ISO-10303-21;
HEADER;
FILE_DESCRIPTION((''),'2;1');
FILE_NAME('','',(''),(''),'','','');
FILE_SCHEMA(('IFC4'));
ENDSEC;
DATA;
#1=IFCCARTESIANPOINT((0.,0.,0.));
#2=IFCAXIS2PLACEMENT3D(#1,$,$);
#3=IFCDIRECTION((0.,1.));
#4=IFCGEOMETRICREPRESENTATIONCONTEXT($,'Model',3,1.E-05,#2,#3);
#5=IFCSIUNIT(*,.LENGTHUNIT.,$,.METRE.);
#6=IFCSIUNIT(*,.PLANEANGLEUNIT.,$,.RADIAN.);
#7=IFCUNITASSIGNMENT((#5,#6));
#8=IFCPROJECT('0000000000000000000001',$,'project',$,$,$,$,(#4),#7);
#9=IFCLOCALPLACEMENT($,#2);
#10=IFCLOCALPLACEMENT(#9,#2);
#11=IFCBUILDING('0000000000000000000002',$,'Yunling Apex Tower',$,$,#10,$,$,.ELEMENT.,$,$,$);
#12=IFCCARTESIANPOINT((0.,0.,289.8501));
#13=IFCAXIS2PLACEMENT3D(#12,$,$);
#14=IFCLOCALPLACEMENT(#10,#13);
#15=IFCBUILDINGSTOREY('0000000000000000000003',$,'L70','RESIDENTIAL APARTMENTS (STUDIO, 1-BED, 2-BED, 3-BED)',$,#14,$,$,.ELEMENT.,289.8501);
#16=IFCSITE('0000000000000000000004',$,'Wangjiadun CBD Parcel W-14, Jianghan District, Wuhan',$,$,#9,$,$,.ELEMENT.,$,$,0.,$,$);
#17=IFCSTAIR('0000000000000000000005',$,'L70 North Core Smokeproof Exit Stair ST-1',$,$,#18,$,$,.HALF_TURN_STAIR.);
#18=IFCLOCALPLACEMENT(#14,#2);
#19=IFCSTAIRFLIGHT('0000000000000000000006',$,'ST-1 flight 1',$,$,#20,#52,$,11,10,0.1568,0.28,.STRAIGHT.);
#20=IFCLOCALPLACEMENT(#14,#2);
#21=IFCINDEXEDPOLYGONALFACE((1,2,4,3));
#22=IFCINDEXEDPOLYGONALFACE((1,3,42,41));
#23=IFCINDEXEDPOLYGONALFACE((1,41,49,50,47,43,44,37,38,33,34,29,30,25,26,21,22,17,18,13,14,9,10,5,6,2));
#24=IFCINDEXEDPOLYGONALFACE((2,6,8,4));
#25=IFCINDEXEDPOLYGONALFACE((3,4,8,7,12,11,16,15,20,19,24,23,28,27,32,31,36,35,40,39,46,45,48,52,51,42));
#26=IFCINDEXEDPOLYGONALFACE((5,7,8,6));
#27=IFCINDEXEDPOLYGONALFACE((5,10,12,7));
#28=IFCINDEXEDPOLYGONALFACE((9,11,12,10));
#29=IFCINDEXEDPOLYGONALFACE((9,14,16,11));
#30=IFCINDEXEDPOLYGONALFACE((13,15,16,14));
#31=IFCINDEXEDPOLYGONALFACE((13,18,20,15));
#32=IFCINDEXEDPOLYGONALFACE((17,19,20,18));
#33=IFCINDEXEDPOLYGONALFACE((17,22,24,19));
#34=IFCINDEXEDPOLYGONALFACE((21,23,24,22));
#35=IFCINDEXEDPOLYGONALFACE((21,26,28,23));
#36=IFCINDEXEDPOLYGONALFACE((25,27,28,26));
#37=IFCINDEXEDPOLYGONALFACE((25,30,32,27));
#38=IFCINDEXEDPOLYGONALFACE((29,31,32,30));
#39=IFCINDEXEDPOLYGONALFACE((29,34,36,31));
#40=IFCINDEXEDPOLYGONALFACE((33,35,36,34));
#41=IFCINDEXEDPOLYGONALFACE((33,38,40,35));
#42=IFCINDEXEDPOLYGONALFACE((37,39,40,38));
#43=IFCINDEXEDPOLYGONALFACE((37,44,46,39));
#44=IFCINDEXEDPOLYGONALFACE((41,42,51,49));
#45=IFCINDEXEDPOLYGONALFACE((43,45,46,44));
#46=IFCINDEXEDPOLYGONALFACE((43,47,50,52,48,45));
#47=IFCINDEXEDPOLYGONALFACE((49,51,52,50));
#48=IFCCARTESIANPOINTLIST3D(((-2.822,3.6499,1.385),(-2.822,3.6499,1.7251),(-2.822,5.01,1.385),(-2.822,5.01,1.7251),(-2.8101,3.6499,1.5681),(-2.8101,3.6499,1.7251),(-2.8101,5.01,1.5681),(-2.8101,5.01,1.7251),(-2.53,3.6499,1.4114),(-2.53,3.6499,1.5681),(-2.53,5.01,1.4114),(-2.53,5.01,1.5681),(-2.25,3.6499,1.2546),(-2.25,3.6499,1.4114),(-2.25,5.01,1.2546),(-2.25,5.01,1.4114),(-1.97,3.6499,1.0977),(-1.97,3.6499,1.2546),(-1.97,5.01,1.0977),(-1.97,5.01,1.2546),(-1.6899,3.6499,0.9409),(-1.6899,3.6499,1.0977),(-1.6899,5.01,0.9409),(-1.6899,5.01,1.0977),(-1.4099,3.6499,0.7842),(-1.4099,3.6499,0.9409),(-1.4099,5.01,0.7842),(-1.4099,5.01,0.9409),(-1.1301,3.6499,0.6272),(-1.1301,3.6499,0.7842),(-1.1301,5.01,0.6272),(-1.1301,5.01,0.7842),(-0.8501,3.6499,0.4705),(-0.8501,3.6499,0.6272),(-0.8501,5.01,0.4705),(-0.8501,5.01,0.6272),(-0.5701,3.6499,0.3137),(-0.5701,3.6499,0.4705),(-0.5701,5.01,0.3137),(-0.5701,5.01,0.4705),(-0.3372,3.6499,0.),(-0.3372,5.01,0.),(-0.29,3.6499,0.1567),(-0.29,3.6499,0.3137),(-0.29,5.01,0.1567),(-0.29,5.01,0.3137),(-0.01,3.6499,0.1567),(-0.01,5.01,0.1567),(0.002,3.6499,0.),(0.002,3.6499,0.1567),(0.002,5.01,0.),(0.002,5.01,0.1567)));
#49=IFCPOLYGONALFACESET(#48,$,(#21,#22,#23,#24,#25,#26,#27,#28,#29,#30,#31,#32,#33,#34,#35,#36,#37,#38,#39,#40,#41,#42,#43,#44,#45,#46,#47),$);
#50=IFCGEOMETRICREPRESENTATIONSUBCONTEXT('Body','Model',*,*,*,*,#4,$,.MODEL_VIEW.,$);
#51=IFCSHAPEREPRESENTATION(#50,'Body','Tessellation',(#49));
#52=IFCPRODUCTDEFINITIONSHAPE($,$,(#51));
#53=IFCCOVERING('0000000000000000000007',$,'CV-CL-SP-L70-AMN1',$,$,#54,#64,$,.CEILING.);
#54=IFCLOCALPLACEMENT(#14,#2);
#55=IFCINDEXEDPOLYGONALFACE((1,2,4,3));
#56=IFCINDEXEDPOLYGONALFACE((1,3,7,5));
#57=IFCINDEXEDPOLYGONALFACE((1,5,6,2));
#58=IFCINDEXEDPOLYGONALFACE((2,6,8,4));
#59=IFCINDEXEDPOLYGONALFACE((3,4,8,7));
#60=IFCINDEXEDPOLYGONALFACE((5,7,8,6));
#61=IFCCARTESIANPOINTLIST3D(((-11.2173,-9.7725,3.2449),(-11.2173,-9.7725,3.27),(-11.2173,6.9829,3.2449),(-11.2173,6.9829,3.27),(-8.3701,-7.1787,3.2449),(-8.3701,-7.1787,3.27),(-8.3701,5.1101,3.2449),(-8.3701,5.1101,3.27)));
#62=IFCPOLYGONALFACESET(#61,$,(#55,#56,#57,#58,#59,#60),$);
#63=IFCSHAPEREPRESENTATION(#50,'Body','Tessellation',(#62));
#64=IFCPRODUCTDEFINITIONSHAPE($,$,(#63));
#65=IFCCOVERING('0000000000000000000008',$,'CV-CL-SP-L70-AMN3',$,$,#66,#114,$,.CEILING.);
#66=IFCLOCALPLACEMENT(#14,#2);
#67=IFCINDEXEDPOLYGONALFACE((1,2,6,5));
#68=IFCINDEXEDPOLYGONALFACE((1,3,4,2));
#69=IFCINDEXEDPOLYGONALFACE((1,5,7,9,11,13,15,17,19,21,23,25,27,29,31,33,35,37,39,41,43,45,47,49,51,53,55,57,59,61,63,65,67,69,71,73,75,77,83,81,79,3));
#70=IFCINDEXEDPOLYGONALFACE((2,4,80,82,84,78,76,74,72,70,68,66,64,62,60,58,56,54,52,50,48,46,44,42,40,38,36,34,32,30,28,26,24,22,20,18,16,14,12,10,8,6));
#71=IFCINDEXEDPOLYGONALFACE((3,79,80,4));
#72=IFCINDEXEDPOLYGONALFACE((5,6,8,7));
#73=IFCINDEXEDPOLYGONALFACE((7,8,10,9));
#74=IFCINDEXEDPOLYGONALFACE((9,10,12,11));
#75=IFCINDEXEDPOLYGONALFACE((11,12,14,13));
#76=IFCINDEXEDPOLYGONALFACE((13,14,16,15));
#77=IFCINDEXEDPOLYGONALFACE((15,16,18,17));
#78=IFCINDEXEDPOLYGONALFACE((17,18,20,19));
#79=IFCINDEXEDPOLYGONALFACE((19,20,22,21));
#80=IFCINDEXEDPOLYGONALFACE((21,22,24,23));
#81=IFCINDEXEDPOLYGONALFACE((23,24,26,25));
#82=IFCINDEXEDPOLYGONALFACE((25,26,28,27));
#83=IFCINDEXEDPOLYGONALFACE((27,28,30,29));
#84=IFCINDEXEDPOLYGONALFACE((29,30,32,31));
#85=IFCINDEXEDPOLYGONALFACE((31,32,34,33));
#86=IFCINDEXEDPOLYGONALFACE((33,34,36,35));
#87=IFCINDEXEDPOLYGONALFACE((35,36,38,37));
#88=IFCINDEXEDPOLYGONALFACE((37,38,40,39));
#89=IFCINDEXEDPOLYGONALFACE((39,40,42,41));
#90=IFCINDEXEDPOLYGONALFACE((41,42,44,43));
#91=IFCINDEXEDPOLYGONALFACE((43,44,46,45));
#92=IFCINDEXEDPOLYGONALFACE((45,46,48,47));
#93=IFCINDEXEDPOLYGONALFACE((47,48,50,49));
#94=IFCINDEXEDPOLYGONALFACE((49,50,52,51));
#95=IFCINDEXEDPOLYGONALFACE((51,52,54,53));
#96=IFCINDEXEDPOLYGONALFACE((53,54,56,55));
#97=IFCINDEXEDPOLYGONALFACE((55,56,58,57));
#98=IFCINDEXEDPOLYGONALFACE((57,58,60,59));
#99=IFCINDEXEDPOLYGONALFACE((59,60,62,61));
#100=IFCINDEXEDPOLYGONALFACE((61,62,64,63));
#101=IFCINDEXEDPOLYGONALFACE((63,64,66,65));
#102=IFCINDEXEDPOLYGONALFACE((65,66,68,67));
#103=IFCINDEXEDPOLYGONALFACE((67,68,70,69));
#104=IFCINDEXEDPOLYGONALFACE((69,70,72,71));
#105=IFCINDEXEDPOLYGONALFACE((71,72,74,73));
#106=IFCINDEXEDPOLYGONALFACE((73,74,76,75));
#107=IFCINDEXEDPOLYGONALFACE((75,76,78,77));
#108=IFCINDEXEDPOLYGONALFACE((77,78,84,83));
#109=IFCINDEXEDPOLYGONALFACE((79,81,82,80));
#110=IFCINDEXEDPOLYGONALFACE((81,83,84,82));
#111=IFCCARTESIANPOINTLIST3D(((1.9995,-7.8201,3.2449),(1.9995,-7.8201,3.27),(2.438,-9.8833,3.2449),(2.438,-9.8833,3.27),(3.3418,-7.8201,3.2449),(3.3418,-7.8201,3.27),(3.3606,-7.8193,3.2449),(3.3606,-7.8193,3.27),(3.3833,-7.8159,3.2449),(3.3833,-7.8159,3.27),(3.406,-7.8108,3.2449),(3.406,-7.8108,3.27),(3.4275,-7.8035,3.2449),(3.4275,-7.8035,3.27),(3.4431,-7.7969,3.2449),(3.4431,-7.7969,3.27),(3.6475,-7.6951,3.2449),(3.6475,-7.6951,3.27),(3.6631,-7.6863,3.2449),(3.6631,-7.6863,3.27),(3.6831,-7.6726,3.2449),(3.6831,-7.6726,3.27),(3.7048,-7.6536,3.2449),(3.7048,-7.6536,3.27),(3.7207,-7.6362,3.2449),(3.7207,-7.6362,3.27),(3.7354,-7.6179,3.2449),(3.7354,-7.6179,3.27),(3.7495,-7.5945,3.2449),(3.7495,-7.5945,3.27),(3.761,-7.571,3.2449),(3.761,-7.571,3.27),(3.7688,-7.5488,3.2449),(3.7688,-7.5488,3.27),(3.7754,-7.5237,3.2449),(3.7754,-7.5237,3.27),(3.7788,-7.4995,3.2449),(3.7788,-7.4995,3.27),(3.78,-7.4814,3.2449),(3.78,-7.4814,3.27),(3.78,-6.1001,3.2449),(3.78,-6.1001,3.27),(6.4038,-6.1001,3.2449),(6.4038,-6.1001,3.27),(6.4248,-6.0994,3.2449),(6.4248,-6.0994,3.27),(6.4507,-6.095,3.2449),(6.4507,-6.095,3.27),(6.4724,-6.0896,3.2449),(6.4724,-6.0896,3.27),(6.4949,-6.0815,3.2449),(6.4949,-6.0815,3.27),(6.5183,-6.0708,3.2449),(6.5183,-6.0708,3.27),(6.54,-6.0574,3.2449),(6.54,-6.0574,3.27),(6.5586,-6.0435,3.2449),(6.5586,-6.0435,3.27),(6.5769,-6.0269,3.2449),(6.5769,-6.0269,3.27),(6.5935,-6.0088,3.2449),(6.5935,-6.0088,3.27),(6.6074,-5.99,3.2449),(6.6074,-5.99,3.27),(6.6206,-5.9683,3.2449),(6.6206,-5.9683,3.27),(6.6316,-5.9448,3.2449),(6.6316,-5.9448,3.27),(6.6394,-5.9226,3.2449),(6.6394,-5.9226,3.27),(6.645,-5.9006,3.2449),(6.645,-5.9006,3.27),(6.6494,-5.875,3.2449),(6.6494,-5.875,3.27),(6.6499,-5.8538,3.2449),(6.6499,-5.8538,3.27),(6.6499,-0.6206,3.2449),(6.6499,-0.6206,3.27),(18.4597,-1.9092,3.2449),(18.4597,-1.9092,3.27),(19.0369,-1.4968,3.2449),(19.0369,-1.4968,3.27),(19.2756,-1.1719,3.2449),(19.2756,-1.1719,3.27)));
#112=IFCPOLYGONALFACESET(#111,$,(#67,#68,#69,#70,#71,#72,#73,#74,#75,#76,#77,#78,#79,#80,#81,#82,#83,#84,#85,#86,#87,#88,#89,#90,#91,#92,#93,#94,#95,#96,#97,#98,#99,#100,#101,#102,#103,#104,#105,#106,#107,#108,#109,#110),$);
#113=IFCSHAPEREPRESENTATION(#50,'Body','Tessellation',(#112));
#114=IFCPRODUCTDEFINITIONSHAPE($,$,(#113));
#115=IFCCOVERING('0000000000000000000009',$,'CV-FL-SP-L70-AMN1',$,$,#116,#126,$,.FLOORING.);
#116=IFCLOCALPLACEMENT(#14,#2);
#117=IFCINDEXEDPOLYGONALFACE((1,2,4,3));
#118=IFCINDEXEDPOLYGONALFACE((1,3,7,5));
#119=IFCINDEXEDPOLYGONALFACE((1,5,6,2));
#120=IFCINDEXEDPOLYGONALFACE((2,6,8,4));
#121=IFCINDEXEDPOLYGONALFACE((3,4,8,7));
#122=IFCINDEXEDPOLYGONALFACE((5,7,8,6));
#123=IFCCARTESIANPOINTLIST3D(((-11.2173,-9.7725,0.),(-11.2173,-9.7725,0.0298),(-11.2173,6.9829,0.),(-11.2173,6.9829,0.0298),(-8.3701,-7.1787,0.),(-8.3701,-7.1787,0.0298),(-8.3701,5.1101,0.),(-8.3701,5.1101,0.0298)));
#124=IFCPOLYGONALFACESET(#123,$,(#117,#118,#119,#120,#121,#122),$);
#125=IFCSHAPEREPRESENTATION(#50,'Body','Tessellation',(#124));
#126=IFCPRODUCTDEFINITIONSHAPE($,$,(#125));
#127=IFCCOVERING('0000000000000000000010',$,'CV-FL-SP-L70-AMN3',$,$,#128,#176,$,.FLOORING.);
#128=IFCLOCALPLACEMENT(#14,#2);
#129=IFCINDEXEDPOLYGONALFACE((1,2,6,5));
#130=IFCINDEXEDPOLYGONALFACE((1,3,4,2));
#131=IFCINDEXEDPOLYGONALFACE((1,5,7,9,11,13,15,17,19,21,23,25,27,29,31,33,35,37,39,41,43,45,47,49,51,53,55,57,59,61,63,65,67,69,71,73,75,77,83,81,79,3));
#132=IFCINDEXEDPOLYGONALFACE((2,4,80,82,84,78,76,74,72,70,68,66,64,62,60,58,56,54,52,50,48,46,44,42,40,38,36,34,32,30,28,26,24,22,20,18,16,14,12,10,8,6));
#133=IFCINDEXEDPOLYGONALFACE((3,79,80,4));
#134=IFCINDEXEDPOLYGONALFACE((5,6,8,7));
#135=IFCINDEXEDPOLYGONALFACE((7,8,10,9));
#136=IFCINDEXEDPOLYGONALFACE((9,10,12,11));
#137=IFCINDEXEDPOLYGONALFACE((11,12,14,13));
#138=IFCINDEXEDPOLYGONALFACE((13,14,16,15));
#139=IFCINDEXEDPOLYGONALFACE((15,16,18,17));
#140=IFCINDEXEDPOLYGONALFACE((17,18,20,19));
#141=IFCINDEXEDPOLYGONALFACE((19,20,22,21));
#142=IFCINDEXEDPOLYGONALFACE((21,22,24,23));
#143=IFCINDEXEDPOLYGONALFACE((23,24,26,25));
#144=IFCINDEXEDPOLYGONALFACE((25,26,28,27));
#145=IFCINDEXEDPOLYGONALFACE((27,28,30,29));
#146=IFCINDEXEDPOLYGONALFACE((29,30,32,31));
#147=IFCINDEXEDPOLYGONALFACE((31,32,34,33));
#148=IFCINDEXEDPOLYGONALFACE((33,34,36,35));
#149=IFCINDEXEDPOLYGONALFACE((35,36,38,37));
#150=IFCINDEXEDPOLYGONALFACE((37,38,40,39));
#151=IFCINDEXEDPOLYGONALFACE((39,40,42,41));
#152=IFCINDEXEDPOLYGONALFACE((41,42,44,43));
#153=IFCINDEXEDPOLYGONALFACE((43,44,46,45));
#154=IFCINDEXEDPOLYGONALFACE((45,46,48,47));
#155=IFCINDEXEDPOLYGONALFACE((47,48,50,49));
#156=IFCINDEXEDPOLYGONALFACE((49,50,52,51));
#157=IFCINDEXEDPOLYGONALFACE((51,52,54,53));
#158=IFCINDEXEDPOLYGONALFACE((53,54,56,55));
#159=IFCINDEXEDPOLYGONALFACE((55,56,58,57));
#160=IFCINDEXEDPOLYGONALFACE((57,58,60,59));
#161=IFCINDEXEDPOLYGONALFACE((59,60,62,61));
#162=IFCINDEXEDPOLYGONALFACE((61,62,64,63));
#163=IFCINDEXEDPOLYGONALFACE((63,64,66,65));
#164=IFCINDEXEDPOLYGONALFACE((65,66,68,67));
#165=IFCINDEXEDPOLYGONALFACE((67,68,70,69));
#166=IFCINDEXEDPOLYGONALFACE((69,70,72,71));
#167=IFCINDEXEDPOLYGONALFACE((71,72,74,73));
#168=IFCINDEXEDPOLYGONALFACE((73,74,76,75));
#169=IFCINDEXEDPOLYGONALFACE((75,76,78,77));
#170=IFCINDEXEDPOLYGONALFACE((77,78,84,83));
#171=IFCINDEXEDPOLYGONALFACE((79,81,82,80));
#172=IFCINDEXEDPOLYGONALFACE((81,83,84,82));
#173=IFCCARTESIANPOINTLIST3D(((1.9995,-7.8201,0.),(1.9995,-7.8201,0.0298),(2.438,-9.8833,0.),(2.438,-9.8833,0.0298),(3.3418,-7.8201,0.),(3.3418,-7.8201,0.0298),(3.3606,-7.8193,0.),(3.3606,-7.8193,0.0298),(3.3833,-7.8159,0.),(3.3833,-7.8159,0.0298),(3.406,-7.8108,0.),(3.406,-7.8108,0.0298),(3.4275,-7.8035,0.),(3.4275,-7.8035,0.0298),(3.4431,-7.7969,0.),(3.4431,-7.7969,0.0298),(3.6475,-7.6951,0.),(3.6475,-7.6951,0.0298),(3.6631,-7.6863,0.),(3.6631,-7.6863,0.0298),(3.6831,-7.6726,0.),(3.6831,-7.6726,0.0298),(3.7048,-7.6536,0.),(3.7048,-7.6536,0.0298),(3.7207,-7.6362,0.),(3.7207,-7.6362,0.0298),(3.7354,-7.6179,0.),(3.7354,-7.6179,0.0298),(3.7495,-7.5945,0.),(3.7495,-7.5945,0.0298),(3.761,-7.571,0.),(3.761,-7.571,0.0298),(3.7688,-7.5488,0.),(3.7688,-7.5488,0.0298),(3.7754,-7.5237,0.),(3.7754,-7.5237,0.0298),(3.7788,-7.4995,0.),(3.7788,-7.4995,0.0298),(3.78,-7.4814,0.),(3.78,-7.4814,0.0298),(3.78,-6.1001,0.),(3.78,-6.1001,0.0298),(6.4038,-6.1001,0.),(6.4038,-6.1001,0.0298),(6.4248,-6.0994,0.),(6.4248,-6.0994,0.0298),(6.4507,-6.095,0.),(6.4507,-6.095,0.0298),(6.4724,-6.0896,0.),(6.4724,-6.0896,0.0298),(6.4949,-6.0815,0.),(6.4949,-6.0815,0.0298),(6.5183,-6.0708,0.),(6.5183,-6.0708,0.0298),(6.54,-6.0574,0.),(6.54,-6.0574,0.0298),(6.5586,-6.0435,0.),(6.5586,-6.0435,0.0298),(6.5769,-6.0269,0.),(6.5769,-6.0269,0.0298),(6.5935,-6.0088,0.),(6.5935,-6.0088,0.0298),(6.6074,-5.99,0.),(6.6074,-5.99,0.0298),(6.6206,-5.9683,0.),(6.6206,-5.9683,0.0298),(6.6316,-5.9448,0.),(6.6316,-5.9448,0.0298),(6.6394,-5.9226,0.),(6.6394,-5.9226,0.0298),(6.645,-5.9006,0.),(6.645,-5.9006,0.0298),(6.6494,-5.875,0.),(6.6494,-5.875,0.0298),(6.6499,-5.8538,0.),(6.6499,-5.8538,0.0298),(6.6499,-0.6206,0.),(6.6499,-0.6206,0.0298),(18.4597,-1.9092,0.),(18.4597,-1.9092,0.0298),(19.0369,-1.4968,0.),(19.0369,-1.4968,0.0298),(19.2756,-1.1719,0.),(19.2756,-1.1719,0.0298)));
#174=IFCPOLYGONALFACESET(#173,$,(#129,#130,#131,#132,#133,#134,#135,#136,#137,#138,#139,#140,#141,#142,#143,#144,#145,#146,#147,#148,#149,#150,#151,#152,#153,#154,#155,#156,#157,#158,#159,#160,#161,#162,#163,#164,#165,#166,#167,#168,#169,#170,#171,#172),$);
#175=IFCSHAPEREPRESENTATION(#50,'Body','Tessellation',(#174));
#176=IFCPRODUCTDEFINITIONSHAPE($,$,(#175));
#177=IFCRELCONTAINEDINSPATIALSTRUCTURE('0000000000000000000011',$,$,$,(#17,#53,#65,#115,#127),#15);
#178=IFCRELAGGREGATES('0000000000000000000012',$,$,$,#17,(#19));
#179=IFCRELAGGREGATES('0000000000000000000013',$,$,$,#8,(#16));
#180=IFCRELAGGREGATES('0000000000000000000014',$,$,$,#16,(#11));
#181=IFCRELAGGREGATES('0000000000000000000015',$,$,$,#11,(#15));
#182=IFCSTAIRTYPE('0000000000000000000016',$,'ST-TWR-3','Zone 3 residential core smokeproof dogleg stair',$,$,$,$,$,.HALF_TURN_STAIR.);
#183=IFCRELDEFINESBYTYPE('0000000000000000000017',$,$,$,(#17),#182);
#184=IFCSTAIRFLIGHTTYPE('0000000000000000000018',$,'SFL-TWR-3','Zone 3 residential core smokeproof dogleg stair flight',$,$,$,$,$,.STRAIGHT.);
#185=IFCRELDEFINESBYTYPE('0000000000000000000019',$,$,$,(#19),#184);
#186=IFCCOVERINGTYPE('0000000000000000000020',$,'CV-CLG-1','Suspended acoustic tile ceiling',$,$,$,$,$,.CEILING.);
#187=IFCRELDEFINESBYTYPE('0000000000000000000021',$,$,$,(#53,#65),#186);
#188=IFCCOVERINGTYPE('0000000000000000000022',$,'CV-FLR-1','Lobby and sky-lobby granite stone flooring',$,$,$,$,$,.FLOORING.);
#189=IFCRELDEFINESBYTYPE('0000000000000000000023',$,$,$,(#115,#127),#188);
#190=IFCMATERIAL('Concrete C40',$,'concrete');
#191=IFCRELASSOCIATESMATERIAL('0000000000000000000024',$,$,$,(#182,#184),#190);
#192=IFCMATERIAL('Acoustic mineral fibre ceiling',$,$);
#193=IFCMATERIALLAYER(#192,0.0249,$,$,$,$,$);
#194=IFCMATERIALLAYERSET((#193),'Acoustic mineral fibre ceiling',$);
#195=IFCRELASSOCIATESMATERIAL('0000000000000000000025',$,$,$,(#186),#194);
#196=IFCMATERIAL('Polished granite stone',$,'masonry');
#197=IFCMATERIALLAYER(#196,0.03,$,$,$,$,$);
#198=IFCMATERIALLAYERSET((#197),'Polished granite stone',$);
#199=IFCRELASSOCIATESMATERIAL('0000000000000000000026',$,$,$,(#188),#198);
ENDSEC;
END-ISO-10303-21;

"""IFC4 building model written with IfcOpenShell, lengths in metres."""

from ifc_helpers import new_model, si_unit, direction, frame, origin, place, context, subcontext, project, spatial, polyline, outline, extrude, material, layer, layer_set, type_object, element, aggregate, save


model = new_model("IFC4")

# Units and contexts
model_context = context("Model", 3, precision=1e-05, world=origin(), true_north=direction((0.0, 1.0)))
body_context = subcontext(model_context, "Body", "Model", "MODEL_VIEW")
ifc_project = project(units=[si_unit("LENGTHUNIT", "METRE"), si_unit("PLANEANGLEUNIT", "RADIAN")], contexts=[model_context])

# Site, building, storey
site_placement = place(None, origin())
site = spatial("IfcSite", under=ifc_project, at=site_placement, Name="Wangjiadun CBD Parcel W-14, Jianghan District, Wuhan", CompositionType="ELEMENT", RefElevation=0.0)
building_placement = place(site_placement, origin())
building = spatial("IfcBuilding", under=site, at=building_placement, Name="Yunling Apex Tower", CompositionType="ELEMENT")
storey_placement = place(building_placement, frame((0.0, 0.0, 289.8501)))
storey = spatial("IfcBuildingStorey", under=building, at=storey_placement, Name="L70", Description="RESIDENTIAL APARTMENTS (STUDIO, 1-BED, 2-BED, 3-BED)", CompositionType="ELEMENT", Elevation=289.8501)

# Stair
ifc_material_1 = material(Name="Concrete C40", Category="concrete")
stair_type = type_object("IfcStairType", Name="ST-TWR-3", Description="Zone 3 residential core smokeproof dogleg stair", PredefinedType="HALF_TURN_STAIR", material=ifc_material_1)
stair_1_placement = place(storey_placement, origin())
stair_1 = element("IfcStair", 1, at=stair_1_placement, inside=storey, type_object=stair_type, Name="L70 North Core Smokeproof Exit Stair ST-1", PredefinedType="HALF_TURN_STAIR")

# Stair flight
stair_flight_type = type_object("IfcStairFlightType", Name="SFL-TWR-3", Description="Zone 3 residential core smokeproof dogleg stair flight", PredefinedType="STRAIGHT", material=ifc_material_1)
stair_flight_placement = place(storey_placement, frame((-0.01, 4.3301, 0.0), z_axis=(0.0, 0.0, 1.0), x_axis=(-1.0, 0.0, 0.0)))
stair_flight = element("IfcStairFlight", 2, at=stair_flight_placement, type_object=stair_flight_type, Name="ST-1 flight 1", NumberOfRisers=11, NumberOfTreads=10, PredefinedType="STRAIGHT", RiserHeight=0.1568, TreadLength=0.28, context=body_context, shape_type="SweptSolid", body=[
    extrude(outline(polyline([(-0.012, 0.0), (-0.012, 0.1567), (0.0, 0.1567), (0.28, 0.1567), (0.28, 0.3137), (0.5601, 0.3137), (0.5601, 0.4705), (0.8401, 0.4705), (0.8401, 0.6272), (1.1201, 0.6272), (1.1201, 0.7842), (1.3999, 0.7842), (1.3999, 0.9409), (1.6799, 0.9409), (1.6799, 1.0977), (1.96, 1.0977), (1.96, 1.2546), (2.24, 1.2546), (2.24, 1.4114), (2.52, 1.4114), (2.52, 1.5681), (2.8, 1.5681), (2.8, 1.7251), (2.812, 1.7251), (2.812, 1.385), (0.3271, 0.0), (-0.012, 0.0)])), frame((0.0, 0.6802, 0.0), z_axis=(0.0, -1.0, 0.0), x_axis=(1.0, 0.0, 0.0)), (0.0, 0.0, 1.0), 1.3601),
])
aggregate(stair_1, [stair_flight])

# Coverings
ifc_material_2 = material(Name="Acoustic mineral fibre ceiling")
ifc_layer_1 = layer(ifc_material_2, 0.0249)
ifc_layer_set_1 = layer_set([ifc_layer_1], Name="Acoustic mineral fibre ceiling")
covering_type_1 = type_object("IfcCoveringType", Name="CV-CLG-1", Description="Suspended acoustic tile ceiling", PredefinedType="CEILING", material=ifc_layer_set_1)
covering_1_placement = place(storey_placement, frame((0.0, 0.0, 3.2449)))
element("IfcCovering", 3, at=covering_1_placement, inside=storey, type_object=covering_type_1, Name="CV-CL-SP-L70-AMN1", PredefinedType="CEILING", context=body_context, shape_type="SweptSolid", body=[
    extrude(outline(polyline([(-11.2173, 6.9829), (-8.3701, 5.1101), (-8.3701, -7.1787), (-11.2173, -9.7725), (-11.2173, 6.9829)])), origin(), (0.0, 0.0, 1.0), 0.0251),
])
covering_2_placement = place(storey_placement, frame((0.0, 0.0, 3.2449)))
element("IfcCovering", 4, at=covering_2_placement, inside=storey, type_object=covering_type_1, Name="CV-CL-SP-L70-AMN3", PredefinedType="CEILING", context=body_context, shape_type="SweptSolid", body=[
    extrude(outline(polyline([(19.2756, -1.1719), (19.0369, -1.4968), (18.4597, -1.9092), (2.438, -9.8833), (1.9995, -7.8201), (3.3418, -7.8201), (3.3606, -7.8193), (3.3833, -7.8159), (3.406, -7.8108), (3.4275, -7.8035), (3.4431, -7.7969), (3.6475, -7.6951), (3.6631, -7.6863), (3.6831, -7.6726), (3.7048, -7.6536), (3.7207, -7.6362), (3.7354, -7.6179), (3.7495, -7.5945), (3.761, -7.571), (3.7688, -7.5488), (3.7754, -7.5237), (3.7788, -7.4995), (3.78, -7.4814), (3.78, -6.1001), (6.4038, -6.1001), (6.4248, -6.0994), (6.4507, -6.095), (6.4724, -6.0896), (6.4949, -6.0815), (6.5183, -6.0708), (6.54, -6.0574), (6.5586, -6.0435), (6.5769, -6.0269), (6.5935, -6.0088), (6.6074, -5.99), (6.6206, -5.9683), (6.6316, -5.9448), (6.6394, -5.9226), (6.645, -5.9006), (6.6494, -5.875), (6.6499, -5.8538), (6.6499, -0.6206), (19.2756, -1.1719)])), origin(), (0.0, 0.0, 1.0), 0.0251),
])
ifc_material_3 = material(Name="Polished granite stone", Category="masonry")
ifc_layer_2 = layer(ifc_material_3, 0.03)
ifc_layer_set_2 = layer_set([ifc_layer_2], Name="Polished granite stone")
covering_type_2 = type_object("IfcCoveringType", Name="CV-FLR-1", Description="Lobby and sky-lobby granite stone flooring", PredefinedType="FLOORING", material=ifc_layer_set_2)
covering_3_placement = place(storey_placement, origin())
element("IfcCovering", 5, at=covering_3_placement, inside=storey, type_object=covering_type_2, Name="CV-FL-SP-L70-AMN1", PredefinedType="FLOORING", context=body_context, shape_type="SweptSolid", body=[
    extrude(outline(polyline([(-11.2173, 6.9829), (-8.3701, 5.1101), (-8.3701, -7.1787), (-11.2173, -9.7725), (-11.2173, 6.9829)])), origin(), (0.0, 0.0, 1.0), 0.0298),
])
covering_4_placement = place(storey_placement, origin())
element("IfcCovering", 6, at=covering_4_placement, inside=storey, type_object=covering_type_2, Name="CV-FL-SP-L70-AMN3", PredefinedType="FLOORING", context=body_context, shape_type="SweptSolid", body=[
    extrude(outline(polyline([(19.2756, -1.1719), (19.0369, -1.4968), (18.4597, -1.9092), (2.438, -9.8833), (1.9995, -7.8201), (3.3418, -7.8201), (3.3606, -7.8193), (3.3833, -7.8159), (3.406, -7.8108), (3.4275, -7.8035), (3.4431, -7.7969), (3.6475, -7.6951), (3.6631, -7.6863), (3.6831, -7.6726), (3.7048, -7.6536), (3.7207, -7.6362), (3.7354, -7.6179), (3.7495, -7.5945), (3.761, -7.571), (3.7688, -7.5488), (3.7754, -7.5237), (3.7788, -7.4995), (3.78, -7.4814), (3.78, -6.1001), (6.4038, -6.1001), (6.4248, -6.0994), (6.4507, -6.095), (6.4724, -6.0896), (6.4949, -6.0815), (6.5183, -6.0708), (6.54, -6.0574), (6.5586, -6.0435), (6.5769, -6.0269), (6.5935, -6.0088), (6.6074, -5.99), (6.6206, -5.9683), (6.6316, -5.9448), (6.6394, -5.9226), (6.645, -5.9006), (6.6494, -5.875), (6.6499, -5.8538), (6.6499, -0.6206), (19.2756, -1.1719)])), origin(), (0.0, 0.0, 1.0), 0.0298),
])

save(model, "model.ifc")
